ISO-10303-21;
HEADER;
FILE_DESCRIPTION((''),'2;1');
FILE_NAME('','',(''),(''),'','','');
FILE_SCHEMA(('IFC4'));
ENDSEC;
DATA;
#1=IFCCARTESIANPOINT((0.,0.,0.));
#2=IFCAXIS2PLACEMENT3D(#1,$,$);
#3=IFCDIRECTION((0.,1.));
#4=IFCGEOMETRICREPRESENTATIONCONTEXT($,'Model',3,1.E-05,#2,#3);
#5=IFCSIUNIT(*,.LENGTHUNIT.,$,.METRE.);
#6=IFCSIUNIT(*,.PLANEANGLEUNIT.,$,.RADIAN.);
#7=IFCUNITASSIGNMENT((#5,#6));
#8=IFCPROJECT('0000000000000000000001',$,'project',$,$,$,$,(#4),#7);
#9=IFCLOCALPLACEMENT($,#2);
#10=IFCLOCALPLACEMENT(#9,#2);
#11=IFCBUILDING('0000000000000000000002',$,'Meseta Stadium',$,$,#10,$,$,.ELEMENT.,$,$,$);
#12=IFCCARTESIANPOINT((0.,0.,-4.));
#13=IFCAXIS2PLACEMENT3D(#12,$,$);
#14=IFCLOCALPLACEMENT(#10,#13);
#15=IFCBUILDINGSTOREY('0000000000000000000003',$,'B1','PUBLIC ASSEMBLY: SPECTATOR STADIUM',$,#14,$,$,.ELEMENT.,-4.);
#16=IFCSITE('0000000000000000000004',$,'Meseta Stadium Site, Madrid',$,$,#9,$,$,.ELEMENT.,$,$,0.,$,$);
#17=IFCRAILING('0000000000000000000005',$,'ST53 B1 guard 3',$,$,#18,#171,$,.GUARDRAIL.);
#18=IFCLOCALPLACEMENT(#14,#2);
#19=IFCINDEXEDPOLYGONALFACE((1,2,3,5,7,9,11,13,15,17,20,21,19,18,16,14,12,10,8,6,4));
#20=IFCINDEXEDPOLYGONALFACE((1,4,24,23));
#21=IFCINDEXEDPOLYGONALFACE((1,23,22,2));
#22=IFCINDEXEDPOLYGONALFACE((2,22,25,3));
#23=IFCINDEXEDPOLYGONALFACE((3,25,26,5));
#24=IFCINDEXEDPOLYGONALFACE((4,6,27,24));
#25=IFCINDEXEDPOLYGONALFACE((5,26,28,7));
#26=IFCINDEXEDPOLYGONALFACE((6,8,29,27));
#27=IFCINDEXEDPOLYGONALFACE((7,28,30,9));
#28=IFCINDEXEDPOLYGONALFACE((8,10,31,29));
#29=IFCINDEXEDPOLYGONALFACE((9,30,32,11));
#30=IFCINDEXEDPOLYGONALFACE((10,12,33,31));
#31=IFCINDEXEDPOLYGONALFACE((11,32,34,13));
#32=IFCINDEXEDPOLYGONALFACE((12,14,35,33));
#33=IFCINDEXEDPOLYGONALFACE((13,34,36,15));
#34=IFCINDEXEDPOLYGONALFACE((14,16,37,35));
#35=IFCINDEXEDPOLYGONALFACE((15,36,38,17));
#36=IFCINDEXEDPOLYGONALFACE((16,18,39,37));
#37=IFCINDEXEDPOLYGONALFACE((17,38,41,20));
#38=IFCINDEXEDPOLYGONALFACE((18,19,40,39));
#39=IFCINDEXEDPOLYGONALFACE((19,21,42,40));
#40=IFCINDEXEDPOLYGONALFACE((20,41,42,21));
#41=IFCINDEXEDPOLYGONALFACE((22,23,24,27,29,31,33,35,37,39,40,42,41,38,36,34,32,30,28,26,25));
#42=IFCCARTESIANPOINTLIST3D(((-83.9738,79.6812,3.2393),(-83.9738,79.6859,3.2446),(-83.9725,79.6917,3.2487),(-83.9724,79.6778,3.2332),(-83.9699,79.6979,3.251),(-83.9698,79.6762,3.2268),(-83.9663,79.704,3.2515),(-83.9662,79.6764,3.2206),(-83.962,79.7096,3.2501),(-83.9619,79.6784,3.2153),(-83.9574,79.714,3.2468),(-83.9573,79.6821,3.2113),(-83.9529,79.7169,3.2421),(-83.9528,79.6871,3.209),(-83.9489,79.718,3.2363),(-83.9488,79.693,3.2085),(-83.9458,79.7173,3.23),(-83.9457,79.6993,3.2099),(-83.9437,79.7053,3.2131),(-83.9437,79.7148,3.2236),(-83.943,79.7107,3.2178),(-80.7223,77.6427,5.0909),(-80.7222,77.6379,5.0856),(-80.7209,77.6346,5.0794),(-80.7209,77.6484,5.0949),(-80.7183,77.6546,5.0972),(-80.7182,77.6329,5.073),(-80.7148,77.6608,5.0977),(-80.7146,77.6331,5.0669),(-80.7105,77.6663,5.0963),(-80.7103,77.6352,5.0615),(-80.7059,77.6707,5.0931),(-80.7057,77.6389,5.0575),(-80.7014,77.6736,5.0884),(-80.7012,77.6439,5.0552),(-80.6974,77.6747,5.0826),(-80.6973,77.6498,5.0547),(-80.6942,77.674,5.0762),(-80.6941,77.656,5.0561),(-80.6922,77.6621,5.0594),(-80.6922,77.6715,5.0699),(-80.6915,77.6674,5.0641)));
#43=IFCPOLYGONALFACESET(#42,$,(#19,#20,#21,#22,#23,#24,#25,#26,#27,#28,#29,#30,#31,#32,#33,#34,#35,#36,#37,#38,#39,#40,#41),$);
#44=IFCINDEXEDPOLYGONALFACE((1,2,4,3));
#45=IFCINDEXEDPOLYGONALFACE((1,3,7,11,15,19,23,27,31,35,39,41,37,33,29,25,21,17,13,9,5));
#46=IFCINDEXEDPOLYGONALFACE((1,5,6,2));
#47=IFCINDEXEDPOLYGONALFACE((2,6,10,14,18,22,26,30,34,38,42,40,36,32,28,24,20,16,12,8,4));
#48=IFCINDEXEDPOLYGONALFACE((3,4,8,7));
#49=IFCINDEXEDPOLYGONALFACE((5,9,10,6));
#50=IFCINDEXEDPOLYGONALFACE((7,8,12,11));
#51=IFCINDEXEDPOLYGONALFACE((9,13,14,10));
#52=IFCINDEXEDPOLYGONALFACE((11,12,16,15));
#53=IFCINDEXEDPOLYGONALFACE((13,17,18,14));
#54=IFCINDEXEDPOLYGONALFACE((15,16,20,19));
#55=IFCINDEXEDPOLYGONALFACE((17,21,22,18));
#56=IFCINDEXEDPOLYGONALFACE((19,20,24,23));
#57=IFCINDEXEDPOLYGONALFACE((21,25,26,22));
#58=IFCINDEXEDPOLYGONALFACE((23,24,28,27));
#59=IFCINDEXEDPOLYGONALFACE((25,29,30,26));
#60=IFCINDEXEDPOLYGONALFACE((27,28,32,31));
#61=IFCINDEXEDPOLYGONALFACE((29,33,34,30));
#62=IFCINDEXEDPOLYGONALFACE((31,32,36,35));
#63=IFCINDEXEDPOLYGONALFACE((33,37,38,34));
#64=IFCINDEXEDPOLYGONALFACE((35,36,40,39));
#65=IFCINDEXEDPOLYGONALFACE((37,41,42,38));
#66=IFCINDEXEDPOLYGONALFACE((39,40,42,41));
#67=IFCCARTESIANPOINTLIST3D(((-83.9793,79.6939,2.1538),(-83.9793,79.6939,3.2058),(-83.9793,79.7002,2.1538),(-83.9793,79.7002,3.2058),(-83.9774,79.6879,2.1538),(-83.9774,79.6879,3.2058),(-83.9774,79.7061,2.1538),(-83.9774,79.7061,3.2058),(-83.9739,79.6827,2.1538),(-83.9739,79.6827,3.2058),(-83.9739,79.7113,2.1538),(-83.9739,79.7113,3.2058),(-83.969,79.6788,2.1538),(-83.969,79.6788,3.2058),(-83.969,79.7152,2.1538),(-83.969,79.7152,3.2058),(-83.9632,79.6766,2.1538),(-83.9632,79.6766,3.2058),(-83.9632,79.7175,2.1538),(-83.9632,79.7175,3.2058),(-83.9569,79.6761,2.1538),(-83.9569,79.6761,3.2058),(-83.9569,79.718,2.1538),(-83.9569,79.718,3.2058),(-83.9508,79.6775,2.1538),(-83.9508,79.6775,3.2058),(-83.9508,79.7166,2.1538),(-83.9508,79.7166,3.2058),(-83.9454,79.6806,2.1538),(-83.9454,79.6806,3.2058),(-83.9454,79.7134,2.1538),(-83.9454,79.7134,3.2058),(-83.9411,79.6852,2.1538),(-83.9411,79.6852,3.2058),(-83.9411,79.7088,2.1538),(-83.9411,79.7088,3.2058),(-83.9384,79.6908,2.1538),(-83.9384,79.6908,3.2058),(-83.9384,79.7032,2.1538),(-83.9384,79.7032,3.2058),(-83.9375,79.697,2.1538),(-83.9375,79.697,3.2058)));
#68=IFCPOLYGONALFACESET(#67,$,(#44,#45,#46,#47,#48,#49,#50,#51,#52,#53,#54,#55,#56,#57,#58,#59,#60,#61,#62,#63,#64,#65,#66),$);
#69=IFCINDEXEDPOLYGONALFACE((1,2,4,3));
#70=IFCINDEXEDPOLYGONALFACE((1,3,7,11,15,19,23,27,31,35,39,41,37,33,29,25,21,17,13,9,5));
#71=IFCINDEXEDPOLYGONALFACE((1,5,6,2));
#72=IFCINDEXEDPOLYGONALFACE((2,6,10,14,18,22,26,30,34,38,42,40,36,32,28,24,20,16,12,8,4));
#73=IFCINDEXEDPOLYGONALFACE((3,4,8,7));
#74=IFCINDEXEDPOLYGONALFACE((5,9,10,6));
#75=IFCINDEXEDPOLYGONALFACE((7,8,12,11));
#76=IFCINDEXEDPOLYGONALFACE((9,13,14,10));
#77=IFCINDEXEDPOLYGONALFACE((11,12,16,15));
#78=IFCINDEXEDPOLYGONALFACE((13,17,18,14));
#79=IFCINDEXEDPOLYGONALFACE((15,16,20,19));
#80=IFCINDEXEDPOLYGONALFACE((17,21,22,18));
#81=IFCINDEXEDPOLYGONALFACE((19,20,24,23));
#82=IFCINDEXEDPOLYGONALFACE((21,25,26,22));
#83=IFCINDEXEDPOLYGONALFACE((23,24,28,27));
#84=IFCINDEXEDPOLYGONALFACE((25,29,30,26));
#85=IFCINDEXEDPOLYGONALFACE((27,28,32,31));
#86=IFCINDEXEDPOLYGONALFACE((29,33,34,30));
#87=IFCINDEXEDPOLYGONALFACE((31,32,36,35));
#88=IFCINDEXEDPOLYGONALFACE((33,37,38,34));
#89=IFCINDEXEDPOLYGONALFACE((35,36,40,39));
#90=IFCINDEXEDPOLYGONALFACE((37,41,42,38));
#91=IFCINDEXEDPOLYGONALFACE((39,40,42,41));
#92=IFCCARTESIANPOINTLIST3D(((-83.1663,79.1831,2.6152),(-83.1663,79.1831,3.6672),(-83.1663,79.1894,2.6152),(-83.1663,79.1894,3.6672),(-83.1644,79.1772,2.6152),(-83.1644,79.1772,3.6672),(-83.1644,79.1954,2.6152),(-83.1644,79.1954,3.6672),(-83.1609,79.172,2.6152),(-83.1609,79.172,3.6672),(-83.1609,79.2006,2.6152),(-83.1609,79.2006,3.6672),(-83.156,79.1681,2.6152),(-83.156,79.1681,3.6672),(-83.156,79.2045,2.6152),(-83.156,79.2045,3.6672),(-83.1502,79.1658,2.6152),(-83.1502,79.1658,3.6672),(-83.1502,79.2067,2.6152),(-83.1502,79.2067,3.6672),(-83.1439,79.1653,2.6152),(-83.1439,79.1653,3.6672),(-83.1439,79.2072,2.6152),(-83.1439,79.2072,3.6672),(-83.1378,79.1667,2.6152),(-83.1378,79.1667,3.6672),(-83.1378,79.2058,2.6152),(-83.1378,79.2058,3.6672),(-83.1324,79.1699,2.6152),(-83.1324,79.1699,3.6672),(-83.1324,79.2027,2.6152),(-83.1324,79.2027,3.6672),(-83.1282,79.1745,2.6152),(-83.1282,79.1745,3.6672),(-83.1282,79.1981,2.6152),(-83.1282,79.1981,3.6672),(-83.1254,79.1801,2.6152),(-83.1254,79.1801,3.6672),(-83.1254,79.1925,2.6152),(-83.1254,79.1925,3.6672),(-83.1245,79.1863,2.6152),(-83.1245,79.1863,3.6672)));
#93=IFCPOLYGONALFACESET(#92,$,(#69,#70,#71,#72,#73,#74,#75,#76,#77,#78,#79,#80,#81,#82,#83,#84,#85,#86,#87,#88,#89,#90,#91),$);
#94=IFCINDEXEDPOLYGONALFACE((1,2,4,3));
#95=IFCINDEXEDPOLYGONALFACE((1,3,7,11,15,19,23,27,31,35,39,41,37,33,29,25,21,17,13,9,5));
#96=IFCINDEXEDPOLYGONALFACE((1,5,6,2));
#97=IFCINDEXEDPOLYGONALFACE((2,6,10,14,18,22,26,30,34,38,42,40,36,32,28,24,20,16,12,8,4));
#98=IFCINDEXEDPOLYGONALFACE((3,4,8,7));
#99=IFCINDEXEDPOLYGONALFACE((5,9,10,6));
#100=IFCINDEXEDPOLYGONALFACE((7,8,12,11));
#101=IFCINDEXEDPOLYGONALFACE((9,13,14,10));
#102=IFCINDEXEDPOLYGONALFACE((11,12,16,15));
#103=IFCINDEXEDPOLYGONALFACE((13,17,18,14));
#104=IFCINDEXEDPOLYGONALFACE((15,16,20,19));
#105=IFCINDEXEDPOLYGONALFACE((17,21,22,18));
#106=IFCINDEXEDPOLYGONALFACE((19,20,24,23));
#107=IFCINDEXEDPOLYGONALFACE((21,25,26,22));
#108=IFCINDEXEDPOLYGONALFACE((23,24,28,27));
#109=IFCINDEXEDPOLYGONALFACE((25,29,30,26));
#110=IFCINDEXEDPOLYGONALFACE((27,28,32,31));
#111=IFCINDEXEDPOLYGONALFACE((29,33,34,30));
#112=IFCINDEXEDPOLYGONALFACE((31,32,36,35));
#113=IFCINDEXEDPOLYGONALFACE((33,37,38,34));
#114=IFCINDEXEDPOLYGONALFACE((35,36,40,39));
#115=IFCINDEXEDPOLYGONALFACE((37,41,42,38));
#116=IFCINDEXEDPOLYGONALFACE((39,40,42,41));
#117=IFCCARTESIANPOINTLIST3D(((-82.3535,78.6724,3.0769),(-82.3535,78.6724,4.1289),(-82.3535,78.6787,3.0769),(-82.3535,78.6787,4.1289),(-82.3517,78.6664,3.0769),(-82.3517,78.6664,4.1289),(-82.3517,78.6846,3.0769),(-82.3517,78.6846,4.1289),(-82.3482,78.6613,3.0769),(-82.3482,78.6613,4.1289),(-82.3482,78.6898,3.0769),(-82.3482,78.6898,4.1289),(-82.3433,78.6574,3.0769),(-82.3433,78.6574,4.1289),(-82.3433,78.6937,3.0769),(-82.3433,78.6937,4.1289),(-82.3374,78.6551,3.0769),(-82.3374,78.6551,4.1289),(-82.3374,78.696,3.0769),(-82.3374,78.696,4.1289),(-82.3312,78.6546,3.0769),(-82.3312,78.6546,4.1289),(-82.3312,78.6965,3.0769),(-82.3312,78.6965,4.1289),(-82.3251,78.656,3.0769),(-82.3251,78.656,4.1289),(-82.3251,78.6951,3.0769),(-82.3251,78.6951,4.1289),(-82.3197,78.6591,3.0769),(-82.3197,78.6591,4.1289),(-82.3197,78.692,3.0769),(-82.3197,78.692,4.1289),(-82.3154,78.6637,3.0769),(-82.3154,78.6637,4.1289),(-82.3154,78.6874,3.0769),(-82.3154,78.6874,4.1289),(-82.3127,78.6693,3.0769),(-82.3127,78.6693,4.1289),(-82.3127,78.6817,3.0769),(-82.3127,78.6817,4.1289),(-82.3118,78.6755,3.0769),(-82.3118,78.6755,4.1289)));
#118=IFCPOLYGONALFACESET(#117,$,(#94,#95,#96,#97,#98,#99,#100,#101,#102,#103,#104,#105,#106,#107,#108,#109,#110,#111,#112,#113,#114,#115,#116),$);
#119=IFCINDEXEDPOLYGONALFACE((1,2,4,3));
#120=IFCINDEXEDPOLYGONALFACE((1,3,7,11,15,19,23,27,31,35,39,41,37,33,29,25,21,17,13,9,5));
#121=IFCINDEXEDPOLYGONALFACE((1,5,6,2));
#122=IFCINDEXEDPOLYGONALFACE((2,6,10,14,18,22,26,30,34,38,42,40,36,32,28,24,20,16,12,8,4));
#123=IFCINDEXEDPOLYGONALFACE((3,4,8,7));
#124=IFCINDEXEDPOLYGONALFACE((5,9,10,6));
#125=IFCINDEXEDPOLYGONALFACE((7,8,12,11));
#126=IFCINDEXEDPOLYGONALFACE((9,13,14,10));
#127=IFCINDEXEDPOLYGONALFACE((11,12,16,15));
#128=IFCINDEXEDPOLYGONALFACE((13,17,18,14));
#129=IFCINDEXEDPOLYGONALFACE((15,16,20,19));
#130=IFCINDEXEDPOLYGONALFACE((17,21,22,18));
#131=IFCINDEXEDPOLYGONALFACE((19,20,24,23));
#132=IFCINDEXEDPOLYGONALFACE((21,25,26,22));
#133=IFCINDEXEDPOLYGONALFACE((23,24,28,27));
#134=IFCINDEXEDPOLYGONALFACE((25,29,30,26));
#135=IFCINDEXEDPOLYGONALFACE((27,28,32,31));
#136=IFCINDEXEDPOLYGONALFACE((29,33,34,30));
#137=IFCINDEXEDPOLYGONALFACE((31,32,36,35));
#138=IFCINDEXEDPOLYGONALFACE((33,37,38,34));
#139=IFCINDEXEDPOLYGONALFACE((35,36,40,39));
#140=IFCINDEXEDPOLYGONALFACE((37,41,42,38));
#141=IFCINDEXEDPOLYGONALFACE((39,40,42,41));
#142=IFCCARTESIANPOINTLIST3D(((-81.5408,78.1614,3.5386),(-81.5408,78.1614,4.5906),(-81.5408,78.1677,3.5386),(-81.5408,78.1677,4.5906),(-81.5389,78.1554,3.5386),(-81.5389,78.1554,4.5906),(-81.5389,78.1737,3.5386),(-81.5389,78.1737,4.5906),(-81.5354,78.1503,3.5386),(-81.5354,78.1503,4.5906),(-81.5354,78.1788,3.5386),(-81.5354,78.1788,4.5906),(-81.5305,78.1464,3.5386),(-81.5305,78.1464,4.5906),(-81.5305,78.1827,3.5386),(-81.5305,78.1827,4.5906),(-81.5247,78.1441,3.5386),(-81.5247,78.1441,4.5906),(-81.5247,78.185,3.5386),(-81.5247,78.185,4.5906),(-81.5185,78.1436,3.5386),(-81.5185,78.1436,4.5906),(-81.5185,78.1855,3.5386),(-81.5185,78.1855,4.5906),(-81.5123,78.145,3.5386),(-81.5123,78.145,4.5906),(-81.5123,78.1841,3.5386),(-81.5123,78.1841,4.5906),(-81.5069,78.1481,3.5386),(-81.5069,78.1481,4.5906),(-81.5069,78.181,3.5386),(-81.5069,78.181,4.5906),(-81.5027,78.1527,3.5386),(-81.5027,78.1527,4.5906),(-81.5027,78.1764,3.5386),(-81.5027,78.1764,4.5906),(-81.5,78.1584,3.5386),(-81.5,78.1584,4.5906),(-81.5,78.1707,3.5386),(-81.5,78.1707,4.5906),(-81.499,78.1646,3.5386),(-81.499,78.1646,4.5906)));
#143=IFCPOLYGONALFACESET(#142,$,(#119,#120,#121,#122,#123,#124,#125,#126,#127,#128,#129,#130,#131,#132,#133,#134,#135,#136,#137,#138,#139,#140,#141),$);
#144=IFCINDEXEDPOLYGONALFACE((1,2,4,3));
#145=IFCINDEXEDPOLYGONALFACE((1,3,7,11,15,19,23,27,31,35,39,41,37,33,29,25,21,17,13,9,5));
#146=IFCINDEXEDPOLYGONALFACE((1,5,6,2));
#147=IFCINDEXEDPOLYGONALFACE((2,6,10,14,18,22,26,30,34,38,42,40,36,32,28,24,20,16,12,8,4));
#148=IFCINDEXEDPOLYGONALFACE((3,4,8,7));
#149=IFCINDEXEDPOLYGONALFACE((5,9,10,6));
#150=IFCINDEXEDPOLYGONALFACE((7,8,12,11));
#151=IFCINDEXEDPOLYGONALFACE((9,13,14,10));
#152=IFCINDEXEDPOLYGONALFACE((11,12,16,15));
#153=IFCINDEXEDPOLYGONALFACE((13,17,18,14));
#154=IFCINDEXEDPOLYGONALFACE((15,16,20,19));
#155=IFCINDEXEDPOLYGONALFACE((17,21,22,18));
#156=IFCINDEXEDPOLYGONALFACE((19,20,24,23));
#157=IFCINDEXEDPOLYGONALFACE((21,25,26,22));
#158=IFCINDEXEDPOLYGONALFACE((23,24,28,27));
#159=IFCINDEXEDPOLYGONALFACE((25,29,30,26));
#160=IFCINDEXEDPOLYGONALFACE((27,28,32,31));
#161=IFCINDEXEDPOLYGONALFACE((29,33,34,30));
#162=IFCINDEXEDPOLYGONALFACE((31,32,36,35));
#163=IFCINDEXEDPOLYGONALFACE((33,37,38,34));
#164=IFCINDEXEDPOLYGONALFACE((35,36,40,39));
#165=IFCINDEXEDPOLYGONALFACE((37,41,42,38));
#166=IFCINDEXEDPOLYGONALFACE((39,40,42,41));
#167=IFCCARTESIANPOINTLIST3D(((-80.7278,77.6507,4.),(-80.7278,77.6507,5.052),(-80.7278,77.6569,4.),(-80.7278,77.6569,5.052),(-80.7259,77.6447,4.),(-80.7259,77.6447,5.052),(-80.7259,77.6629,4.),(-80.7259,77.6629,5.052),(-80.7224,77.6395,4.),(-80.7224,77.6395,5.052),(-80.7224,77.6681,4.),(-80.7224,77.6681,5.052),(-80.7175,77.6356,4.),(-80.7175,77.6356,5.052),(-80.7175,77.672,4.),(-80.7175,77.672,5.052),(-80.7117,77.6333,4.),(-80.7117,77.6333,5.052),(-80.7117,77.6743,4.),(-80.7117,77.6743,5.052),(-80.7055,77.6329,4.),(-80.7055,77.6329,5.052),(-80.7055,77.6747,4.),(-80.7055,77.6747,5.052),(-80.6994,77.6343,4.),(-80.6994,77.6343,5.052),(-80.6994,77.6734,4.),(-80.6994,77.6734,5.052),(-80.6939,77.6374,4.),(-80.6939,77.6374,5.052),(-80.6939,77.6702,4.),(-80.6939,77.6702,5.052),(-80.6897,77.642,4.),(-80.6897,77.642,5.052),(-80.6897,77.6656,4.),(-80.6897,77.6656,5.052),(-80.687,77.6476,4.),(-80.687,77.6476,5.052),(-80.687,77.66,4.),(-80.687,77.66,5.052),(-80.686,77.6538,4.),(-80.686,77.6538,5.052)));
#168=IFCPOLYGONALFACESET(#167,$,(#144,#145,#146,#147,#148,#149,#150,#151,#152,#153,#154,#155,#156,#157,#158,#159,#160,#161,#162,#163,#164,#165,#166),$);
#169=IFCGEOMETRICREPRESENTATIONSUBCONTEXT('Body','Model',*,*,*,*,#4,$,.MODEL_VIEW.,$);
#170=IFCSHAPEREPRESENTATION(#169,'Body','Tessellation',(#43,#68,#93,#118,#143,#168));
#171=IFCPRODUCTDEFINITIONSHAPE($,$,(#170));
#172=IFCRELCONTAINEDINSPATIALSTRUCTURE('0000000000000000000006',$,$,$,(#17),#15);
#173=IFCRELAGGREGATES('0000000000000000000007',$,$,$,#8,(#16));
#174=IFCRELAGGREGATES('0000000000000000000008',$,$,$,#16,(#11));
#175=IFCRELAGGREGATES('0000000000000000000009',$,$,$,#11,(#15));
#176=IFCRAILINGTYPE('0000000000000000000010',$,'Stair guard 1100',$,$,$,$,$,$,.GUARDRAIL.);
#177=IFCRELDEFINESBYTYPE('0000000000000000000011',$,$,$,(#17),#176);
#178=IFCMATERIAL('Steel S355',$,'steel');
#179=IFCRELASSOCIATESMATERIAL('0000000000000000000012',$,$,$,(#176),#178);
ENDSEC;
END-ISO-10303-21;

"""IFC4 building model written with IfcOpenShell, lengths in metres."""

from ifc_helpers import new_model, si_unit, direction, frame, origin, origin_2d, place, context, subcontext, project, spatial, circle, extrude, material, type_object, element, save


model = new_model("IFC4")

# Units and contexts
model_context = context("Model", 3, precision=1e-05, world=origin(), true_north=direction((0.0, 1.0)))
body_context = subcontext(model_context, "Body", "Model", "MODEL_VIEW")
ifc_project = project(units=[si_unit("LENGTHUNIT", "METRE"), si_unit("PLANEANGLEUNIT", "RADIAN")], contexts=[model_context])

# Site, building, storey
site_placement = place(None, origin())
site = spatial("IfcSite", under=ifc_project, at=site_placement, Name="Meseta Stadium Site, Madrid", CompositionType="ELEMENT", RefElevation=0.0)
building_placement = place(site_placement, origin())
building = spatial("IfcBuilding", under=site, at=building_placement, Name="Meseta Stadium", CompositionType="ELEMENT")
storey_placement = place(building_placement, frame((0.0, 0.0, -4.0)))
storey = spatial("IfcBuildingStorey", under=building, at=storey_placement, Name="B1", Description="PUBLIC ASSEMBLY: SPECTATOR STADIUM", CompositionType="ELEMENT", Elevation=-4.0)

# Railing
ifc_material_1 = material(Name="Steel S355", Category="steel")
railing_type_1 = type_object("IfcRailingType", Name="Stair guard 1100", PredefinedType="GUARDRAIL", material=ifc_material_1)
railing_1_placement = place(storey_placement, frame((-83.9585, 79.697, 2.1538)))
element("IfcRailing", 1, at=railing_1_placement, inside=storey, type_object=railing_type_1, Name="ST53 B1 guard 3", PredefinedType="GUARDRAIL", context=body_context, shape_type="SweptSolid", body=[
    extrude(circle(Radius=0.0239, at=origin_2d()), frame((0.0, 0.0, 1.0762), z_axis=(0.763096, -0.479527, 0.433288), x_axis=(0.532066, 0.846703, 0.0)), (0.0, 0.0, 1.0), 4.261),
    extrude(circle(Radius=0.021, at=origin_2d()), origin(), (0.0, 0.0, 1.0), 1.052),
    extrude(circle(Radius=0.021, at=origin_2d()), frame((0.813, -0.5107, 0.4614)), (0.0, 0.0, 1.0), 1.052),
    extrude(circle(Radius=0.021, at=origin_2d()), frame((1.6257, -1.0215, 0.9231)), (0.0, 0.0, 1.0), 1.052),
    extrude(circle(Radius=0.021, at=origin_2d()), frame((2.4385, -1.5325, 1.3848)), (0.0, 0.0, 1.0), 1.052),
    extrude(circle(Radius=0.021, at=origin_2d()), frame((3.2515, -2.0432, 1.8462)), (0.0, 0.0, 1.0), 1.052),
])

save(model, "model.ifc")
